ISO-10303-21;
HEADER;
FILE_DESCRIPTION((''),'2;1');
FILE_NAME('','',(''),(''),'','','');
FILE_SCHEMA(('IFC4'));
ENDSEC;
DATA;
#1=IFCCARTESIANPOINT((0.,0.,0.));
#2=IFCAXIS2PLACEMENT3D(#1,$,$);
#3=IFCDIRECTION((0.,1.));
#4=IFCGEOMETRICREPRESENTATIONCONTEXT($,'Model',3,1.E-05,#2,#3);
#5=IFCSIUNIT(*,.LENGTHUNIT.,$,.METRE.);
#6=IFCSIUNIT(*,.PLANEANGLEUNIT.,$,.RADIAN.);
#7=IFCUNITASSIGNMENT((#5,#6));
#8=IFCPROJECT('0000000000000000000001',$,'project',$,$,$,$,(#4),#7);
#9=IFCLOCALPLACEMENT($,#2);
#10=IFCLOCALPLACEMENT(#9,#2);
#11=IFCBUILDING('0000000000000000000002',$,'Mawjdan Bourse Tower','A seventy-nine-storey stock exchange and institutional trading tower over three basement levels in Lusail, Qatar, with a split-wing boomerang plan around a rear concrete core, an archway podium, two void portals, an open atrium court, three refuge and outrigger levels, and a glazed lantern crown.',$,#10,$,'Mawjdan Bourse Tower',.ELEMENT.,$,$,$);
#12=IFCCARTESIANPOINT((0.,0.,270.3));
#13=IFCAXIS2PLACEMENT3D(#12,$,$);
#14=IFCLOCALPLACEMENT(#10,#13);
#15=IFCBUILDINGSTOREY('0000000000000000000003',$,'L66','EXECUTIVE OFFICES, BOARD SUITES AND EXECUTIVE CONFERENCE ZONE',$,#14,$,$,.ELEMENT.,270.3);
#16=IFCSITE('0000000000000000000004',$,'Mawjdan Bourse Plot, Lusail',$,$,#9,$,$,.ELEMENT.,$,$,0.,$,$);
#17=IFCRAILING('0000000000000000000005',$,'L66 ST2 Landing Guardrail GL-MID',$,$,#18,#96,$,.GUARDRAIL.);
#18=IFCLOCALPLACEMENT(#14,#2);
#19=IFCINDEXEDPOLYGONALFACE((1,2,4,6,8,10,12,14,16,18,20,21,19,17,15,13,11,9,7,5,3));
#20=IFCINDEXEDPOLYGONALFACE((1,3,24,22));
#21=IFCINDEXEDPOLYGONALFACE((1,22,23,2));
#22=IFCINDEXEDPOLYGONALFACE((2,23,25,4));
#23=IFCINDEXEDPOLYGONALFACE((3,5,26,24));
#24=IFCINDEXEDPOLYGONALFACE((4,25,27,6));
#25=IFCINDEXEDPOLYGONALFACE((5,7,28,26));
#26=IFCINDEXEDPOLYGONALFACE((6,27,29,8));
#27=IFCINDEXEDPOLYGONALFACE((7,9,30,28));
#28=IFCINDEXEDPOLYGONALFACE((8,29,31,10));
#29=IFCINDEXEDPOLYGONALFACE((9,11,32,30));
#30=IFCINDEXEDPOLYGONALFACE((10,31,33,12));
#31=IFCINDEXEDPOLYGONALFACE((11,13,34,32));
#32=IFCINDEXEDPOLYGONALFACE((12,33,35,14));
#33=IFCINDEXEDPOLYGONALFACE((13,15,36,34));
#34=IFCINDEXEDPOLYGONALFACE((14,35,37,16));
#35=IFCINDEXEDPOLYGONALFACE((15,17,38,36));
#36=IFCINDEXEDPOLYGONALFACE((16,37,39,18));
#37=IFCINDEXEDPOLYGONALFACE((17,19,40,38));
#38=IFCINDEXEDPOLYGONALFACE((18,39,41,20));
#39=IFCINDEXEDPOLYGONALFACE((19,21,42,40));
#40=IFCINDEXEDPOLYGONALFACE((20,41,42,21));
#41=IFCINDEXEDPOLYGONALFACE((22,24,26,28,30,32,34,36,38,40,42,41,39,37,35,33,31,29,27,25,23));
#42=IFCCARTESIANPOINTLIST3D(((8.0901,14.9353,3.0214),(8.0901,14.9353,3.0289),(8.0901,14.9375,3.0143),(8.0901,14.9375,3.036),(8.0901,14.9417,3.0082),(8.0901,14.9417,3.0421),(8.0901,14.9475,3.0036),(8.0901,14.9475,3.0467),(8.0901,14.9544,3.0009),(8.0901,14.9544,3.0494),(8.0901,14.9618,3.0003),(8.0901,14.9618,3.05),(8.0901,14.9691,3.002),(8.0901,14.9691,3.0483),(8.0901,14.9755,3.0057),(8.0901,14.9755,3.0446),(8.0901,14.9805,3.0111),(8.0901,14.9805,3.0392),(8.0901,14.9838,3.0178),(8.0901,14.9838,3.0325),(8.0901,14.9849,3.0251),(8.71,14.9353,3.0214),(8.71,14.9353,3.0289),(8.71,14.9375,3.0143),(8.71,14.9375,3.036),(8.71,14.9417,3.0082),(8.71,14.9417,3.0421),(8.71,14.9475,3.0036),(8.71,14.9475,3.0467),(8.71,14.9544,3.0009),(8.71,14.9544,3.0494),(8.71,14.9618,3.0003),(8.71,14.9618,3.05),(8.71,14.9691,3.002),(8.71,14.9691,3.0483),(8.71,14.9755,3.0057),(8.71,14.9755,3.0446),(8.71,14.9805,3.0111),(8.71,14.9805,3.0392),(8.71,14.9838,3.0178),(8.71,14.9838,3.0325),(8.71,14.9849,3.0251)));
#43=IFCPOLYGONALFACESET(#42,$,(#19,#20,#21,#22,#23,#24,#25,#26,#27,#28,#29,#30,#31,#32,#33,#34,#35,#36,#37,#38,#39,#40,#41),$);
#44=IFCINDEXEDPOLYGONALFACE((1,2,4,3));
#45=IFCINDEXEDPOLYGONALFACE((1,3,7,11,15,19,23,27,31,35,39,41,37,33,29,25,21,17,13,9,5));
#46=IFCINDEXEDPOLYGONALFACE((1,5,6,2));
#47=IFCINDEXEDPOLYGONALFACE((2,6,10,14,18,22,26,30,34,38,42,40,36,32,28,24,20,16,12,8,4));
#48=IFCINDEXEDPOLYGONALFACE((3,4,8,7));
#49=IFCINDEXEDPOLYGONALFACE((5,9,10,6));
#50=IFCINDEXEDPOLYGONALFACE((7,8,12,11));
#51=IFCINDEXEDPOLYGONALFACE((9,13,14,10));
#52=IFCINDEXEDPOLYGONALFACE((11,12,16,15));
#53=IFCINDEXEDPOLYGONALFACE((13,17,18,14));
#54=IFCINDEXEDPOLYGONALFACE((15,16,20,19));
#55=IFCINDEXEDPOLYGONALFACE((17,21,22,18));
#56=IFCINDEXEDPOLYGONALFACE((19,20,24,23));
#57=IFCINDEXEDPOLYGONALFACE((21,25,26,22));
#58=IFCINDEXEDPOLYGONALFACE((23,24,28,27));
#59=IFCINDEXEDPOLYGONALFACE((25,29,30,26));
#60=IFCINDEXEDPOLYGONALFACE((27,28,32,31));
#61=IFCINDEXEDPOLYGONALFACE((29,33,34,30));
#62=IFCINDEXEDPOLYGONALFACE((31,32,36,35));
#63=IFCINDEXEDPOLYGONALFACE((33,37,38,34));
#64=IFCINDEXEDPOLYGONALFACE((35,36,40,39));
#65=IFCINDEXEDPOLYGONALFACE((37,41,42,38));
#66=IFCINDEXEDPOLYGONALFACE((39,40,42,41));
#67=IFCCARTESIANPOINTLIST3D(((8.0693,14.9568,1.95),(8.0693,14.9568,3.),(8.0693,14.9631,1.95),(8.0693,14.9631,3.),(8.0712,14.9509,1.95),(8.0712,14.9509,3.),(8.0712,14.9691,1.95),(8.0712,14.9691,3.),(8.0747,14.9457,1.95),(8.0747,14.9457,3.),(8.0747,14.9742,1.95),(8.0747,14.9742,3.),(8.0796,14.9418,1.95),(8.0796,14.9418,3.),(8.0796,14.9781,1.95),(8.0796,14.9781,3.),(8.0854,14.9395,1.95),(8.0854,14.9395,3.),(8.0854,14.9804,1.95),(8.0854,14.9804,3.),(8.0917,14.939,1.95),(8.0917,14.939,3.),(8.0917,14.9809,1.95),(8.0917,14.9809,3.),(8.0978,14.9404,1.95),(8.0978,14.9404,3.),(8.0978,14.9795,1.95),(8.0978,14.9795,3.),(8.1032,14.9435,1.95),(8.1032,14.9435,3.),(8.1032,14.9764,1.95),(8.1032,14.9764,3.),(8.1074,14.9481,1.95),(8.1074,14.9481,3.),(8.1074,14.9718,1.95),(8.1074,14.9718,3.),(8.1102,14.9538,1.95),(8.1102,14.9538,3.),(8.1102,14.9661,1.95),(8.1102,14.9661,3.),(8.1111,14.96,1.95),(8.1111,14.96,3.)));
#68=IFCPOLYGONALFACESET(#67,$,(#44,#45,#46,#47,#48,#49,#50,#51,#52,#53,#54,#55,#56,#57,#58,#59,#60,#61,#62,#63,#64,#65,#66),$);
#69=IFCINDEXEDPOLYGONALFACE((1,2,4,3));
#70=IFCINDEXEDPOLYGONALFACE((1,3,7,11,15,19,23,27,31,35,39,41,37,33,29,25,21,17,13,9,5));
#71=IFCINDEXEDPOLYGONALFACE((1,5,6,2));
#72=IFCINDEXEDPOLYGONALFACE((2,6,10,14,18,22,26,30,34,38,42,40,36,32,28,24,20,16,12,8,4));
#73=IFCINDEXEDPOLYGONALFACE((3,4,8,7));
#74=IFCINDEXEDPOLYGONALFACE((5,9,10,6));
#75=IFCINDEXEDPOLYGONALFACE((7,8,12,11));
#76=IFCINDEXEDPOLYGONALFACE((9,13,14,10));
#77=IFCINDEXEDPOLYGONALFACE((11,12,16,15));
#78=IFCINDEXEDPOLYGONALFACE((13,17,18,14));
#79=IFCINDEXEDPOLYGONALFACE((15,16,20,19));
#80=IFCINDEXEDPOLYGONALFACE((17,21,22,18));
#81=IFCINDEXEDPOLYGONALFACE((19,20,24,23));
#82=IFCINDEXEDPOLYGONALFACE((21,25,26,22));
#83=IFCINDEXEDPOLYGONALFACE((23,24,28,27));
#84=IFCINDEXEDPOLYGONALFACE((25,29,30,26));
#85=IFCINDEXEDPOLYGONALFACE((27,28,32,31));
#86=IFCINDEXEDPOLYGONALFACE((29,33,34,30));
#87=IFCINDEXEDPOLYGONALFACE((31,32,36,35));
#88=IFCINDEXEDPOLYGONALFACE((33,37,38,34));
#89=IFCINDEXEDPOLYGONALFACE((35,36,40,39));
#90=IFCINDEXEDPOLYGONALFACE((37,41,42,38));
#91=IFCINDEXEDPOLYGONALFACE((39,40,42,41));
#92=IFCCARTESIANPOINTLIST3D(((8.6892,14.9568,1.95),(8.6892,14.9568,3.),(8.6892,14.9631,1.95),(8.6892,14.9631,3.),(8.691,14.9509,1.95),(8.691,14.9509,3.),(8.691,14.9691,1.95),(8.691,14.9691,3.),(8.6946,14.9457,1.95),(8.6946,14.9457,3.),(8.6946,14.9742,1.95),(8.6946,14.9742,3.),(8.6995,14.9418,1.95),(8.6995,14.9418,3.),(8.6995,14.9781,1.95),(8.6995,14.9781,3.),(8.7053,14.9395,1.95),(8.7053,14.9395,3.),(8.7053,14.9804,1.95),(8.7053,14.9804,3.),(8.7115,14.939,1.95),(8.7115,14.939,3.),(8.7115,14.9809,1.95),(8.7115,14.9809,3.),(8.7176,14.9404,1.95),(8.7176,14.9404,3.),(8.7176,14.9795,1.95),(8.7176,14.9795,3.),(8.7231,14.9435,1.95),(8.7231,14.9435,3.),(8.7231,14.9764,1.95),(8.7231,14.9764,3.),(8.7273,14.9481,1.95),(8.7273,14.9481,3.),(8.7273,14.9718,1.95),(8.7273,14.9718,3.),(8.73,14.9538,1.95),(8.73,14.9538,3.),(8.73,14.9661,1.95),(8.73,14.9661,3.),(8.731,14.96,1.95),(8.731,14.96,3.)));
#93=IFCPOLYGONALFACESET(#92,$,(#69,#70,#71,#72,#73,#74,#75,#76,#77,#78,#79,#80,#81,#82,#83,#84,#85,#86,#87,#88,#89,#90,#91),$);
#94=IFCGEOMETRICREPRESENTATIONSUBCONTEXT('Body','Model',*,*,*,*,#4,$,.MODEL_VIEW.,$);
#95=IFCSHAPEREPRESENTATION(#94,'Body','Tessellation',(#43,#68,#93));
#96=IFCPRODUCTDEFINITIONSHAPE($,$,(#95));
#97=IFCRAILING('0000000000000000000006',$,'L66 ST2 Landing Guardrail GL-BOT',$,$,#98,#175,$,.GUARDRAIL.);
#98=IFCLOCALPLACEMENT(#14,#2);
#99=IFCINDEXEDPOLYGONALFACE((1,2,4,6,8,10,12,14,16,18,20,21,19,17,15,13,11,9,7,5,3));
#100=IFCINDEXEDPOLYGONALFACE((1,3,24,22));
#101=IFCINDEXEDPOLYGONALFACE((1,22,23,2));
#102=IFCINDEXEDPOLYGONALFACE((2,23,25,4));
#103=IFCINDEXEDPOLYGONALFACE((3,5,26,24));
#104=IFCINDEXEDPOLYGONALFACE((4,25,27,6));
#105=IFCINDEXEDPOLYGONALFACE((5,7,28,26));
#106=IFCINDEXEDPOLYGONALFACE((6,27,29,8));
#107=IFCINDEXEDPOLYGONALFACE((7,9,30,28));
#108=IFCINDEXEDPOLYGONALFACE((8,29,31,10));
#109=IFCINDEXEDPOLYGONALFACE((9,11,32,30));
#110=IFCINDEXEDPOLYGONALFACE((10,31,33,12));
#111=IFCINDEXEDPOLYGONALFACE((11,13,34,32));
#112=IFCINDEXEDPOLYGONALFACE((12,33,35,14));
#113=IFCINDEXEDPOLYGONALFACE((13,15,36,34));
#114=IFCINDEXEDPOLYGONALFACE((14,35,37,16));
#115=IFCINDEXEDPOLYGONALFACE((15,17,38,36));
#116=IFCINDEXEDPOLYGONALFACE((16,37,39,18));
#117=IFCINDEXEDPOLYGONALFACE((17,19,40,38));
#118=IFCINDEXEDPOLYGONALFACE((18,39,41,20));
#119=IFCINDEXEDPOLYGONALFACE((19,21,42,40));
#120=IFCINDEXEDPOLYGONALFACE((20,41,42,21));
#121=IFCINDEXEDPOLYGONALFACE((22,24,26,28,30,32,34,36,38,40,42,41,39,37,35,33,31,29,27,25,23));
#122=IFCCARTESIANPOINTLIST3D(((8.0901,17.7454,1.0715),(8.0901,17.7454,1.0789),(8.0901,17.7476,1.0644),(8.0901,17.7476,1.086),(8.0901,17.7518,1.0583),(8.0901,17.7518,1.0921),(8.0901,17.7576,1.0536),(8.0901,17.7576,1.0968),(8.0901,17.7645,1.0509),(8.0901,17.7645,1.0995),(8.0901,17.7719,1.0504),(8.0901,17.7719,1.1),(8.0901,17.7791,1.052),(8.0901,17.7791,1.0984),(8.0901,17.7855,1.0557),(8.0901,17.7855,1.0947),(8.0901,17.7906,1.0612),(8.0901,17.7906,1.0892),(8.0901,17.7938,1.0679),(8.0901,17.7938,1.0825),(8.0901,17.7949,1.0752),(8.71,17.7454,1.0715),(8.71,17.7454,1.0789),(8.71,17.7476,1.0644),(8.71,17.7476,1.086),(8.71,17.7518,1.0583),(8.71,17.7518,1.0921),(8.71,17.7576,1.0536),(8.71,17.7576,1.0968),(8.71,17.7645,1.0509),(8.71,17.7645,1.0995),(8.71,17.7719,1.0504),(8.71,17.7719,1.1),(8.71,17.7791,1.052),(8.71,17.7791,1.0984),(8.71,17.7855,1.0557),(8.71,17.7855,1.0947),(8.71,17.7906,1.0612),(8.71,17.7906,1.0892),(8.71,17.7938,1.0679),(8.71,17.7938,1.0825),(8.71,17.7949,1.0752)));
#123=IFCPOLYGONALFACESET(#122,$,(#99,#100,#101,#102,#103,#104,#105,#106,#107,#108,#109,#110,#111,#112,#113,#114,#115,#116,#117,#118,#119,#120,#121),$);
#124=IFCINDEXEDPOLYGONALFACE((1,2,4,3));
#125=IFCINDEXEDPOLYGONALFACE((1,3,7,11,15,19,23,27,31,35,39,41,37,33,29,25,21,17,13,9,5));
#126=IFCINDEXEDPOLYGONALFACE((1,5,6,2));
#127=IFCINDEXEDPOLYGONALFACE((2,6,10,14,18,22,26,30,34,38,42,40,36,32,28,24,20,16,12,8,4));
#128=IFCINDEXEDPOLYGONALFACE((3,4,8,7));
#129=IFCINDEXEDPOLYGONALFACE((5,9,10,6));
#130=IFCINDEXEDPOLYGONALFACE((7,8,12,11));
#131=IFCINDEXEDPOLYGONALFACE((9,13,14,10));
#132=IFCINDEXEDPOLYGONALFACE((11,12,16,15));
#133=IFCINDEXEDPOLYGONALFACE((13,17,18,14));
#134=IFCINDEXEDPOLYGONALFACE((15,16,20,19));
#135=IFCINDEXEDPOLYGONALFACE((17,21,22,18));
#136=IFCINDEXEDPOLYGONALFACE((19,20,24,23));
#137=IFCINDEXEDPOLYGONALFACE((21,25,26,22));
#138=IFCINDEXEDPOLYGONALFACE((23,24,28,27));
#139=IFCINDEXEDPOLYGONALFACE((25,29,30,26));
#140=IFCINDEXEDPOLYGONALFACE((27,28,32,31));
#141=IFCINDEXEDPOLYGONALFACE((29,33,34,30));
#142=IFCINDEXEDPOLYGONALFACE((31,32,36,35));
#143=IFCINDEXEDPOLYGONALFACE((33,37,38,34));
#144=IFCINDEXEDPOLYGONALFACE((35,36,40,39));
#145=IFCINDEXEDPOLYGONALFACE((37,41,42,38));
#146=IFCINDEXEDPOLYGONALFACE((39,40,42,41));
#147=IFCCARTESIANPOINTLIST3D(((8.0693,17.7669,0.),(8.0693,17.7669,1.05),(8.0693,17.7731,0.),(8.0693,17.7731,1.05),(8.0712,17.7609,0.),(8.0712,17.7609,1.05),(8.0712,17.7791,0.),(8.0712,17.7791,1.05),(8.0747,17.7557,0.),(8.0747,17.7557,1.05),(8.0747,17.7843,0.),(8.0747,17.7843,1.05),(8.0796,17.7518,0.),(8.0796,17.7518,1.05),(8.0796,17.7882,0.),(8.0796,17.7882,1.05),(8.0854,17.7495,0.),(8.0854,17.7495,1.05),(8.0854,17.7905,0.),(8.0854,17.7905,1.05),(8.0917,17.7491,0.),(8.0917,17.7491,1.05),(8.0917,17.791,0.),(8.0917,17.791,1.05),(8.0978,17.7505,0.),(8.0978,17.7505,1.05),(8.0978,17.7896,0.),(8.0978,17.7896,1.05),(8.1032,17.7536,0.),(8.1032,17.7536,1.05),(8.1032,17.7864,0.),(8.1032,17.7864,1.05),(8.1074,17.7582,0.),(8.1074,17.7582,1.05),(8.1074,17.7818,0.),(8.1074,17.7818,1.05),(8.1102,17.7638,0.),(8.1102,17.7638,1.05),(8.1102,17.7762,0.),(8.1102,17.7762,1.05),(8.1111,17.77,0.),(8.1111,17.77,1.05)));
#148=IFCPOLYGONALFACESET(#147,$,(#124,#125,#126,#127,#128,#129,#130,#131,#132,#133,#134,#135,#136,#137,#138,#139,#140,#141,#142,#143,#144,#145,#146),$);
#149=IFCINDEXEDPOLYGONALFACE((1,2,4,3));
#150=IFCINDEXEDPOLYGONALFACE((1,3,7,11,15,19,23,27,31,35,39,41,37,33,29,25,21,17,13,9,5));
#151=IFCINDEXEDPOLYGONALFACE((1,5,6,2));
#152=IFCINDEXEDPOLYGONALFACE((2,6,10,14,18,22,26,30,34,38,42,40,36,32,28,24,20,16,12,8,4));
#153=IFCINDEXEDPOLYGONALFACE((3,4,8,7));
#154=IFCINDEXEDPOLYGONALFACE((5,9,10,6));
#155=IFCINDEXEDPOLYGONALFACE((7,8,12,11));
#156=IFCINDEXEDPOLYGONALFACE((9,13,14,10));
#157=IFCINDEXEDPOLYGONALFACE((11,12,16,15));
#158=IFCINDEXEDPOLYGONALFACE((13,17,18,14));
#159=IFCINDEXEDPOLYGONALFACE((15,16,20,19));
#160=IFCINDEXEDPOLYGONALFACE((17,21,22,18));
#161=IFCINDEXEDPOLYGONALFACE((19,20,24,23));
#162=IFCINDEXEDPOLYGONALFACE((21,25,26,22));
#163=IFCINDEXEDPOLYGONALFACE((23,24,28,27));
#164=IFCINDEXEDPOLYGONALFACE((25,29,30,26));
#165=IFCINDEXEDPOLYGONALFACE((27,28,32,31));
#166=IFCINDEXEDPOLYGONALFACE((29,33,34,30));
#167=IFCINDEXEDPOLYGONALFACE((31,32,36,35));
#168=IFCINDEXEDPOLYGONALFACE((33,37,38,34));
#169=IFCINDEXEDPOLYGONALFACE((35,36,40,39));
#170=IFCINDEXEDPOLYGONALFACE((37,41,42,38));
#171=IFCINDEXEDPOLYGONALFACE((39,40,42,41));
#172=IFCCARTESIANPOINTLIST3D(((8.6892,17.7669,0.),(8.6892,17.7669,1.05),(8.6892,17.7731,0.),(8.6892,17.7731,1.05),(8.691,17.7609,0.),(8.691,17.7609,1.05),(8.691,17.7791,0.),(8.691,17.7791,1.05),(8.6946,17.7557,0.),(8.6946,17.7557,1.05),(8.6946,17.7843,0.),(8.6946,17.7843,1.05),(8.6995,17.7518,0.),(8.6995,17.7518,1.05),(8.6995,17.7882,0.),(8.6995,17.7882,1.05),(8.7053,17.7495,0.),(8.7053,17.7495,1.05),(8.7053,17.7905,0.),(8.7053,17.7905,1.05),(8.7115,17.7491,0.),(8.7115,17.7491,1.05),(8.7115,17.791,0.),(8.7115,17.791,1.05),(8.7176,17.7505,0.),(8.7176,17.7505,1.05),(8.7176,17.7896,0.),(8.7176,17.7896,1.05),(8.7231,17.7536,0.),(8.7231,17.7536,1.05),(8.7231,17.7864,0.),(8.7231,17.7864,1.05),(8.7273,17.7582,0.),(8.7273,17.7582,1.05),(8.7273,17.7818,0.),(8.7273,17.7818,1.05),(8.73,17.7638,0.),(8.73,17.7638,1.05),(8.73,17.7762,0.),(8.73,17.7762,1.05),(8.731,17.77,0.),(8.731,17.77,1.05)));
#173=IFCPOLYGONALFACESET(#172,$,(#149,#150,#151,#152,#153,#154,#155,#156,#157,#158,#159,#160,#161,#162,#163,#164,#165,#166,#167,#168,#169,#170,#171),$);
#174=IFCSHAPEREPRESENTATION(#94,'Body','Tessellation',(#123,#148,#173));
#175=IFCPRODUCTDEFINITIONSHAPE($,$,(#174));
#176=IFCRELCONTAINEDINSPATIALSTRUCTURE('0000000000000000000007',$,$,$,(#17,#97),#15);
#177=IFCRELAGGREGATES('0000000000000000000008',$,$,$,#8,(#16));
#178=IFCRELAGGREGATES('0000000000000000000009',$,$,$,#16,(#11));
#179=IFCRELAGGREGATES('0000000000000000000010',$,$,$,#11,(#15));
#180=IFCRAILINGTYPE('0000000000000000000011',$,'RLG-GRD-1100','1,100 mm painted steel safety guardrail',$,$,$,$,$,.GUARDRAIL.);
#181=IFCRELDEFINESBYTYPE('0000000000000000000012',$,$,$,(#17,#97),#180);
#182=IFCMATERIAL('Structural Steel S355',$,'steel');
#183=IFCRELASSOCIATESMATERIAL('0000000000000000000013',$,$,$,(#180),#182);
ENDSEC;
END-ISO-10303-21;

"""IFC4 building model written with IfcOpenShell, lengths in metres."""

from ifc_helpers import new_model, si_unit, direction, frame, origin, origin_2d, place, context, subcontext, project, spatial, circle, extrude, material, type_object, element, save


model = new_model("IFC4")

# Units and contexts
model_context = context("Model", 3, precision=1e-05, world=origin(), true_north=direction((0.0, 1.0)))
body_context = subcontext(model_context, "Body", "Model", "MODEL_VIEW")
ifc_project = project(units=[si_unit("LENGTHUNIT", "METRE"), si_unit("PLANEANGLEUNIT", "RADIAN")], contexts=[model_context])

# Site, building, storey
site_placement = place(None, origin())
site = spatial("IfcSite", under=ifc_project, at=site_placement, Name="Mawjdan Bourse Plot, Lusail", CompositionType="ELEMENT", RefElevation=0.0)
building_placement = place(site_placement, origin())
building = spatial("IfcBuilding", under=site, at=building_placement, Name="Mawjdan Bourse Tower", Description="A seventy-nine-storey stock exchange and institutional trading tower over three basement levels in Lusail, Qatar, with a split-wing boomerang plan around a rear concrete core, an archway podium, two void portals, an open atrium court, three refuge and outrigger levels, and a glazed lantern crown.", LongName="Mawjdan Bourse Tower", CompositionType="ELEMENT")
storey_placement = place(building_placement, frame((0.0, 0.0, 270.3)))
storey = spatial("IfcBuildingStorey", under=building, at=storey_placement, Name="L66", Description="EXECUTIVE OFFICES, BOARD SUITES AND EXECUTIVE CONFERENCE ZONE", CompositionType="ELEMENT", Elevation=270.3)

# Railings
ifc_material_1 = material(Name="Structural Steel S355", Category="steel")
railing_type_1 = type_object("IfcRailingType", Name="RLG-GRD-1100", Description="1,100 mm painted steel safety guardrail", PredefinedType="GUARDRAIL", material=ifc_material_1)
for number, where, name in (
    (1, (8.0901, 14.96, 1.95), "L66 ST2 Landing Guardrail GL-MID"),
    (2, (8.0901, 17.77, 0.0), "L66 ST2 Landing Guardrail GL-BOT"),
):
    element("IfcRailing", number, at=place(storey_placement, frame(where)), inside=storey, type_object=railing_type_1, Name=name, PredefinedType="GUARDRAIL", context=body_context, shape_type="SweptSolid", body=[
        extrude(circle(Radius=0.0249, at=origin_2d()), frame((0.0, 0.0, 1.0752), z_axis=(1.0, 0.0, 0.0), x_axis=(0.0, 1.0, 0.0)), (0.0, 0.0, 1.0), 0.6199),
        extrude(circle(Radius=0.021, at=origin_2d()), origin(), (0.0, 0.0, 1.0), 1.05),
        extrude(circle(Radius=0.021, at=origin_2d()), frame((0.6199, 0.0, 0.0)), (0.0, 0.0, 1.0), 1.05),
    ])

save(model, "model.ifc")
